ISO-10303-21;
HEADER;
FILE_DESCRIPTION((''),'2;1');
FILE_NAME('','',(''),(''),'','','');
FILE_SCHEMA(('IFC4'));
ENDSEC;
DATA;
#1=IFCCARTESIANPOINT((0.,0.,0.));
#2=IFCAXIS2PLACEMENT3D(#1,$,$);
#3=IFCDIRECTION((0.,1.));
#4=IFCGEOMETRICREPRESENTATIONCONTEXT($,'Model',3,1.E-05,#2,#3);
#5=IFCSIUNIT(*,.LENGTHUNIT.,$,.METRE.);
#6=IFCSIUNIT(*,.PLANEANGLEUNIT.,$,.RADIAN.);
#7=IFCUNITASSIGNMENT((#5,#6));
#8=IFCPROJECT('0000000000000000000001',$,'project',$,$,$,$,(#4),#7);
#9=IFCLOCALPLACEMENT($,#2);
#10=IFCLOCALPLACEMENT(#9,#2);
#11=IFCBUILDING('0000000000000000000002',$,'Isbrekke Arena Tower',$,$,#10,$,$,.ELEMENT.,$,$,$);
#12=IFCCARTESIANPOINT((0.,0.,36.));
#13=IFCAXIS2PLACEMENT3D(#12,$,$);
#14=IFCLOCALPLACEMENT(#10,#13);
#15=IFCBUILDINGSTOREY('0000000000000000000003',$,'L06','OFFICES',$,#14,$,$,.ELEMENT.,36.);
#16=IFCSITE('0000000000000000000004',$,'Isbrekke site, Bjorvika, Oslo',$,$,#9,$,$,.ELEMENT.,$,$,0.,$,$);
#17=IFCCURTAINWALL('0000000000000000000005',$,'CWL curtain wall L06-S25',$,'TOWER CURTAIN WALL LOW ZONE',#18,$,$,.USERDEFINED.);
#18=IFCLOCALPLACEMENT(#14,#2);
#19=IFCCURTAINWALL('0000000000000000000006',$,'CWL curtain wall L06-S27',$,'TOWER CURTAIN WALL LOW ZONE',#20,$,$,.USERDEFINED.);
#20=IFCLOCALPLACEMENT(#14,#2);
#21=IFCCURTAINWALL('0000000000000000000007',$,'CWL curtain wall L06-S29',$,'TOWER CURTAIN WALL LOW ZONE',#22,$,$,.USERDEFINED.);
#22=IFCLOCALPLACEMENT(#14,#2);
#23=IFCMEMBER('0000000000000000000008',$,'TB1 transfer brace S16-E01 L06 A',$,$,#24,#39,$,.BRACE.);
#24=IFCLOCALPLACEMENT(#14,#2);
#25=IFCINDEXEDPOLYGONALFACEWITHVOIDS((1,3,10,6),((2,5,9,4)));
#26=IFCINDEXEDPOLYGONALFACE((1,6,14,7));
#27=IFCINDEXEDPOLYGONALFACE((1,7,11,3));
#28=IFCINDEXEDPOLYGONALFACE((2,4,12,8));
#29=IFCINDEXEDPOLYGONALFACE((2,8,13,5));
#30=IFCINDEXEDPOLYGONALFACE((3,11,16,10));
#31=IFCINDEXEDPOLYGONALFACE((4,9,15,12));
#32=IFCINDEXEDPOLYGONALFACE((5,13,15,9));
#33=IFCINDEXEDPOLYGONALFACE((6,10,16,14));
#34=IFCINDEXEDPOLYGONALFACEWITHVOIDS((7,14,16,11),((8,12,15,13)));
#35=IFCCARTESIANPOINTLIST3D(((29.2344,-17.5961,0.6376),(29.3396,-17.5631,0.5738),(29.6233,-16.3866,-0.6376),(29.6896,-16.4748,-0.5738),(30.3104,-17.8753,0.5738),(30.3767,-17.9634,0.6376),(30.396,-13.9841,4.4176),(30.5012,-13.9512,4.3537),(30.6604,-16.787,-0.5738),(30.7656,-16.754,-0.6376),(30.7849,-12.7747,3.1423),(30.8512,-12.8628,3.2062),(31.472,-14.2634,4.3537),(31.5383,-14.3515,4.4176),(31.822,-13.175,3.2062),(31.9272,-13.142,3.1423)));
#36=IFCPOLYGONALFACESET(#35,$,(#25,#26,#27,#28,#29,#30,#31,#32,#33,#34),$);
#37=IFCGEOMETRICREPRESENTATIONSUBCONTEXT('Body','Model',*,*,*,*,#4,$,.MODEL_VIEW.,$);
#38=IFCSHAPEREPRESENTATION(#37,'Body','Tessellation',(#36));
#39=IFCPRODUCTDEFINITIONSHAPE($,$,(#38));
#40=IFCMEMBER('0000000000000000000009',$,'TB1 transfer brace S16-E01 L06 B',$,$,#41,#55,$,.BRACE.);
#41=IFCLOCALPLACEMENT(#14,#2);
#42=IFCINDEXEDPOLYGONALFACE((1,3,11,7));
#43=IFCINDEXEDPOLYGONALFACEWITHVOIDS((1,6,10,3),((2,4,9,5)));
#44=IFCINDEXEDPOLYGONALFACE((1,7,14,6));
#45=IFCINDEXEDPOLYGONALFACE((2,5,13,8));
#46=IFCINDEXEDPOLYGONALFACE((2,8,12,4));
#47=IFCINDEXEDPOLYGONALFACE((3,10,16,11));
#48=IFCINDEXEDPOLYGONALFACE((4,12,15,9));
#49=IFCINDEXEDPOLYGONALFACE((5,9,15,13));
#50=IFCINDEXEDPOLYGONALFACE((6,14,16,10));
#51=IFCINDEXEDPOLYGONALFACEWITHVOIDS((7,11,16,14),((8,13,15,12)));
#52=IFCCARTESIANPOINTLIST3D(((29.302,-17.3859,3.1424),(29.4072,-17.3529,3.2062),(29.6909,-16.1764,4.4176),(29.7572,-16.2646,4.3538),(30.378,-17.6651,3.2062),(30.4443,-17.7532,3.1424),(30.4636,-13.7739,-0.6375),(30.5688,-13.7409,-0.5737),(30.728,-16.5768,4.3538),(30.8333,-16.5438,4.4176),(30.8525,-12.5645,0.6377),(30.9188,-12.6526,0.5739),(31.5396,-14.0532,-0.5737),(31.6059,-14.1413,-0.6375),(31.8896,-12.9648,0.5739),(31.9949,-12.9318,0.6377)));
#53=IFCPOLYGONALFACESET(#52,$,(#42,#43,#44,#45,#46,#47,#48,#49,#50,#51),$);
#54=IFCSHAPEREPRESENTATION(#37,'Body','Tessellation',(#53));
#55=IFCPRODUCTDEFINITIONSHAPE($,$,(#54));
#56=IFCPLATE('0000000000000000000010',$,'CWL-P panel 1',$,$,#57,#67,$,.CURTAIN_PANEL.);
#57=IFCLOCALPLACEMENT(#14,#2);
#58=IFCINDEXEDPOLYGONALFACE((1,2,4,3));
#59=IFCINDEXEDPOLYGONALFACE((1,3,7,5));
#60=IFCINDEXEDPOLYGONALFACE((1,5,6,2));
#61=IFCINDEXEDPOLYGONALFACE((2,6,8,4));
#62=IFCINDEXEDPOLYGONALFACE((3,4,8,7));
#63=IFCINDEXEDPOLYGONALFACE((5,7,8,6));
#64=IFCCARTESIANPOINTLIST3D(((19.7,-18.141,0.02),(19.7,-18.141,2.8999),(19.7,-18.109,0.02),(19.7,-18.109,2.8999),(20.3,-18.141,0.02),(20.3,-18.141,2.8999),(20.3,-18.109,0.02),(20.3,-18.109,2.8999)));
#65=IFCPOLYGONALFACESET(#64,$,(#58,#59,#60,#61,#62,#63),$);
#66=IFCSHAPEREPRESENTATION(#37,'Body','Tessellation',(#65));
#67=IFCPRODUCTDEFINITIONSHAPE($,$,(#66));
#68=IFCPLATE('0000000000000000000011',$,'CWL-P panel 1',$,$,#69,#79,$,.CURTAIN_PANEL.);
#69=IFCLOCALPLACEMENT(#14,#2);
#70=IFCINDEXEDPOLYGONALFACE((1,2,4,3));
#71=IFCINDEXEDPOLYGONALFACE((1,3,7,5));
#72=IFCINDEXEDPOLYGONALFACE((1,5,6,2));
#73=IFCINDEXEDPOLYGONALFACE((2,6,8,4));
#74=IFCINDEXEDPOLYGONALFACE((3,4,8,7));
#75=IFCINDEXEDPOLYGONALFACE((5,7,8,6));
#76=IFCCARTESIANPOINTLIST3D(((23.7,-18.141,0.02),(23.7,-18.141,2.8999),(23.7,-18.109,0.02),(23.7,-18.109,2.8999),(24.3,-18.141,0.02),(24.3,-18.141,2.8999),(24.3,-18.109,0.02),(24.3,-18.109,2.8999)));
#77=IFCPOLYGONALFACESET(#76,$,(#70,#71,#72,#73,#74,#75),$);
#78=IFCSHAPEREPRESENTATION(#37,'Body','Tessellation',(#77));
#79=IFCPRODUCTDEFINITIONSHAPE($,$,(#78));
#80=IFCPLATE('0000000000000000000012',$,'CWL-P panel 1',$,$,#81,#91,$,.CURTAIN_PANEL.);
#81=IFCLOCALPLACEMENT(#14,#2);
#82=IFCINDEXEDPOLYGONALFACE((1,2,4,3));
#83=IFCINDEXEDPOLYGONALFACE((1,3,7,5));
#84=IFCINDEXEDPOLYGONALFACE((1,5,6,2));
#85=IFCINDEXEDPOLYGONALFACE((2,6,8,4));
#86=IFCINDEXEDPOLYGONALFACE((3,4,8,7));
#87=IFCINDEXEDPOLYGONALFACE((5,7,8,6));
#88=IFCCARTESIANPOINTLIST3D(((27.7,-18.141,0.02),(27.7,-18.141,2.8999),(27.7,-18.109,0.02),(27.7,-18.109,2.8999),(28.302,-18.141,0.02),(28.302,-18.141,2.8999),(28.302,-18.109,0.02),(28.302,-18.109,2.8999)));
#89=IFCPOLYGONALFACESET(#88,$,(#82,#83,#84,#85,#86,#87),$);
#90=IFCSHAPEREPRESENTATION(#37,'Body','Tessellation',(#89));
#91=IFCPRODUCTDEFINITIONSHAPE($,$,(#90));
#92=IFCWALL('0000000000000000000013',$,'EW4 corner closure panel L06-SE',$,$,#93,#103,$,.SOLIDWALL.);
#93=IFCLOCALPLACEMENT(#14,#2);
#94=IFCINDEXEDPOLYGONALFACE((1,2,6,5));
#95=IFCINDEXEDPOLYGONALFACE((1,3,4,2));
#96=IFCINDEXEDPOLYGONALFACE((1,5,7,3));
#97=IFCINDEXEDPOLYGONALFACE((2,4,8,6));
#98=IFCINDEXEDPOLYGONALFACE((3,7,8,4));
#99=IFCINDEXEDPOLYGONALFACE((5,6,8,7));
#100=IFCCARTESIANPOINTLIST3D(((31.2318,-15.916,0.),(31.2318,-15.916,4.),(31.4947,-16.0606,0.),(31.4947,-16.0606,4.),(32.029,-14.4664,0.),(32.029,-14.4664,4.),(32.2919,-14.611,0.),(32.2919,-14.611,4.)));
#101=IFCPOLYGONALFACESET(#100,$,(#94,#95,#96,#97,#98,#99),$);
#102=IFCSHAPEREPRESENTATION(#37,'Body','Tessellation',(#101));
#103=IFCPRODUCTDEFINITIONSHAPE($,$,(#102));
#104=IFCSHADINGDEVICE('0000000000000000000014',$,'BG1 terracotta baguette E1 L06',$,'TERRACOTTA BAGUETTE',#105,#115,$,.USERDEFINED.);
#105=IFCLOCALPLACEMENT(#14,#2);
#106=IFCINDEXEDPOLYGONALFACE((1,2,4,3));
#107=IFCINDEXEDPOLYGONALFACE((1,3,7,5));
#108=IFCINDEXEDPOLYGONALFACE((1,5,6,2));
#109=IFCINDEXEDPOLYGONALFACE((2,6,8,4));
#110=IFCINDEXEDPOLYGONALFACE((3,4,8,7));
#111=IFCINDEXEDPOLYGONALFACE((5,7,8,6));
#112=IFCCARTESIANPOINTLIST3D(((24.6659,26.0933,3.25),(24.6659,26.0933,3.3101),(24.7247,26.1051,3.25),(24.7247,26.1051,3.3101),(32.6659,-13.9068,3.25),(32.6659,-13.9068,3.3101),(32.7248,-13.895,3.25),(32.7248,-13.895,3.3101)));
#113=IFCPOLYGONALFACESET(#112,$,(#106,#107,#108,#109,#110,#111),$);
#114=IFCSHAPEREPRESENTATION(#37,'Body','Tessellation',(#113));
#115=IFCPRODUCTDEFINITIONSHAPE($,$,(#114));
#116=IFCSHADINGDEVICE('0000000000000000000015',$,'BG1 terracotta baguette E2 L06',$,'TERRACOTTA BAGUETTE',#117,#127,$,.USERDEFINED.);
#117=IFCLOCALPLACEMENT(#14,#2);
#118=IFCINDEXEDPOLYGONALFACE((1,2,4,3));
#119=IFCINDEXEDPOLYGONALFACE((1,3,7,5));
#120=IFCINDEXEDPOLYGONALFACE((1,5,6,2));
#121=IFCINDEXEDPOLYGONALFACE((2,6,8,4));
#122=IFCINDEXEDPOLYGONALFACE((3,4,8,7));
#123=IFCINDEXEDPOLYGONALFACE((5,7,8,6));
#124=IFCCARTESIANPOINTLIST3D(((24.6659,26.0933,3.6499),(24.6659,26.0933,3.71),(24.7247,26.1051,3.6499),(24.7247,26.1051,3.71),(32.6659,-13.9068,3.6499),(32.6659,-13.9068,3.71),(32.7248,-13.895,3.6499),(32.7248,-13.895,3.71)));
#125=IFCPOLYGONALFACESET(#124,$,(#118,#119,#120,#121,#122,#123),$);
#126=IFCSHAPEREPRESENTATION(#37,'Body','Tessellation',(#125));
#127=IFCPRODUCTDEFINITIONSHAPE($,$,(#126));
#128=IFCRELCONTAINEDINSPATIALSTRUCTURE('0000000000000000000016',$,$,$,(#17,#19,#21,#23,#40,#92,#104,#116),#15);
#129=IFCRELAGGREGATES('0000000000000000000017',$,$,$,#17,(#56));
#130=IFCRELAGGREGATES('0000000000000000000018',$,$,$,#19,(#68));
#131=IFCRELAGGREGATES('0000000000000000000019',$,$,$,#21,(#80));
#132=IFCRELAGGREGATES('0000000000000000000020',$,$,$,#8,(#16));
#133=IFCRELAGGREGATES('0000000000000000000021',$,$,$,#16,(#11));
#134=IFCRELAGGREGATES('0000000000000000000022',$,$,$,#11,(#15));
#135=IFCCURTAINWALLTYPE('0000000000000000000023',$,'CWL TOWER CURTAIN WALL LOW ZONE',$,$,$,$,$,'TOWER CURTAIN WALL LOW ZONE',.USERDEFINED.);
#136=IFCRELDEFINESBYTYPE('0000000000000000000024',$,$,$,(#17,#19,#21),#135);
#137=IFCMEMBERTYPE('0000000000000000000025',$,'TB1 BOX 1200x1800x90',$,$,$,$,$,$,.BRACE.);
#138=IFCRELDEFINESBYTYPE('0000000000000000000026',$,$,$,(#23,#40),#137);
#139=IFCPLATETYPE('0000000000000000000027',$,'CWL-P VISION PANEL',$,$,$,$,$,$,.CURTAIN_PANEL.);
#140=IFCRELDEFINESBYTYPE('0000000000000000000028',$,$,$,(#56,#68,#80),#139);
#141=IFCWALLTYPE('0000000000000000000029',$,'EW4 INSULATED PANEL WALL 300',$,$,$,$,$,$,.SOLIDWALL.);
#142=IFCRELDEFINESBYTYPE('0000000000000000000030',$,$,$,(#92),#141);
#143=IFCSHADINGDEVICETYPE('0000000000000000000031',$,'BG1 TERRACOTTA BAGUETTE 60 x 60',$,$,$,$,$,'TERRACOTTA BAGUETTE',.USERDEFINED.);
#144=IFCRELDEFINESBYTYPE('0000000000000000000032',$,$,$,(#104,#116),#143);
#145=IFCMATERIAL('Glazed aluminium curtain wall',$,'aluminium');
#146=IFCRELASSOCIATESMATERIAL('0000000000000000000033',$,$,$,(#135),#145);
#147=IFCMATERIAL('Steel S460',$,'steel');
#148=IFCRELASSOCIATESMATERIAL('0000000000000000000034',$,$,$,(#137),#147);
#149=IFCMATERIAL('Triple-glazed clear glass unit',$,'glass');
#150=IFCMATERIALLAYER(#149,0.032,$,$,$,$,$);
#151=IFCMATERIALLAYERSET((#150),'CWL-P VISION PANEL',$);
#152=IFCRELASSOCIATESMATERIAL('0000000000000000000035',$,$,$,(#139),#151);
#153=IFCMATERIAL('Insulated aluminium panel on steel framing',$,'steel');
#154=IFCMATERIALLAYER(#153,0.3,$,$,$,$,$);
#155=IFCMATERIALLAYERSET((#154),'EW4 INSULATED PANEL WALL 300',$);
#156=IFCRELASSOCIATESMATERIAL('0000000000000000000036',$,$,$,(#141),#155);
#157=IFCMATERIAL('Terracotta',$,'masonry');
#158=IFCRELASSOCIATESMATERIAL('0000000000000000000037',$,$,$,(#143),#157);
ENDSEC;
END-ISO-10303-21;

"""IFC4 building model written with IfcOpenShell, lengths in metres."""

from ifc_helpers import new_model, si_unit, direction, frame, frame_2d, origin, origin_2d, place, context, subcontext, project, spatial, rectangle, hollow_rectangle, extrude, material, layer, layer_set, material_profile, profile_set, type_object, element, aggregate, save


model = new_model("IFC4")

# Units and contexts
model_context = context("Model", 3, precision=1e-05, world=origin(), true_north=direction((0.0, 1.0)))
body_context = subcontext(model_context, "Body", "Model", "MODEL_VIEW")
ifc_project = project(units=[si_unit("LENGTHUNIT", "METRE"), si_unit("PLANEANGLEUNIT", "RADIAN")], contexts=[model_context])

# Site, building, storey
site_placement = place(None, origin())
site = spatial("IfcSite", under=ifc_project, at=site_placement, Name="Isbrekke site, Bjorvika, Oslo", CompositionType="ELEMENT", RefElevation=0.0)
building_placement = place(site_placement, origin())
building = spatial("IfcBuilding", under=site, at=building_placement, Name="Isbrekke Arena Tower", CompositionType="ELEMENT")
storey_placement = place(building_placement, frame((0.0, 0.0, 36.0)))
storey = spatial("IfcBuildingStorey", under=building, at=storey_placement, Name="L06", Description="OFFICES", CompositionType="ELEMENT", Elevation=36.0)

# Curtain walls
ifc_material_1 = material(Name="Glazed aluminium curtain wall", Category="aluminium")
curtain_wall_type = type_object("IfcCurtainWallType", Name="CWL TOWER CURTAIN WALL LOW ZONE", ElementType="TOWER CURTAIN WALL LOW ZONE", PredefinedType="USERDEFINED", material=ifc_material_1)
curtain_wall_1_placement = place(storey_placement, origin())
curtain_wall_1 = element("IfcCurtainWall", 1, at=curtain_wall_1_placement, inside=storey, type_object=curtain_wall_type, Name="CWL curtain wall L06-S25", ObjectType="TOWER CURTAIN WALL LOW ZONE", PredefinedType="USERDEFINED")
curtain_wall_2_placement = place(storey_placement, origin())
curtain_wall_2 = element("IfcCurtainWall", 2, at=curtain_wall_2_placement, inside=storey, type_object=curtain_wall_type, Name="CWL curtain wall L06-S27", ObjectType="TOWER CURTAIN WALL LOW ZONE", PredefinedType="USERDEFINED")
curtain_wall_3_placement = place(storey_placement, origin())
curtain_wall_3 = element("IfcCurtainWall", 3, at=curtain_wall_3_placement, inside=storey, type_object=curtain_wall_type, Name="CWL curtain wall L06-S29", ObjectType="TOWER CURTAIN WALL LOW ZONE", PredefinedType="USERDEFINED")

# Members
ifc_material_2 = material(Name="Steel S460", Category="steel")
ifc_material_profile_1 = material_profile(ifc_material_2, hollow_rectangle(XDim=1.2, YDim=1.8, WallThickness=0.0901, at=origin_2d()), Name="BOX 1200x1800x90")
ifc_profile_set_1 = profile_set([ifc_material_profile_1], Name="Steel S460")
member_type_1 = type_object("IfcMemberType", Name="TB1 BOX 1200x1800x90", PredefinedType="BRACE", material=ifc_profile_set_1)
for number, where, z_axis, x_axis, name in (
    (4, (30.0, -17.175, 0.0), (0.216889, 0.674416, 0.705778), (-0.951982, 0.306153, 0.0), "TB1 transfer brace S16-E01 L06 A"),
    (5, (30.0676, -16.9648, 3.78), (0.216889, 0.674416, -0.705778), (-0.951982, 0.306153, 0.0), "TB1 transfer brace S16-E01 L06 B"),
):
    element("IfcMember", number, at=place(storey_placement, frame(where, z_axis=z_axis, x_axis=x_axis)), inside=storey, type_object=member_type_1, Name=name, PredefinedType="BRACE", context=body_context, shape_type="SweptSolid", body=[
        extrude(hollow_rectangle(XDim=1.2, YDim=1.8, WallThickness=0.0901, at=origin_2d()), origin(), (0.0, 0.0, 1.0), 5.3557),
    ])

# Plates
ifc_material_3 = material(Name="Triple-glazed clear glass unit", Category="glass")
ifc_layer_1 = layer(ifc_material_3, 0.032)
ifc_layer_set_1 = layer_set([ifc_layer_1], Name="CWL-P VISION PANEL")
plate_type = type_object("IfcPlateType", Name="CWL-P VISION PANEL", PredefinedType="CURTAIN_PANEL", material=ifc_layer_set_1)
plate_1_placement = place(storey_placement, frame((20.0, -18.125, 0.02), z_axis=(0.0, 0.0, 1.0), x_axis=(1.0, 0.0, 0.0)))
plate_1 = element("IfcPlate", 6, at=plate_1_placement, type_object=plate_type, Name="CWL-P panel 1", PredefinedType="CURTAIN_PANEL", context=body_context, shape_type="SweptSolid", body=[
    extrude(rectangle(XDim=0.6001, YDim=0.032, at=origin_2d()), origin(), (0.0, 0.0, 1.0), 2.8799),
])
aggregate(curtain_wall_1, [plate_1])
plate_2_placement = place(storey_placement, frame((24.0, -18.125, 0.02), z_axis=(0.0, 0.0, 1.0), x_axis=(1.0, 0.0, 0.0)))
plate_2 = element("IfcPlate", 7, at=plate_2_placement, type_object=plate_type, Name="CWL-P panel 1", PredefinedType="CURTAIN_PANEL", context=body_context, shape_type="SweptSolid", body=[
    extrude(rectangle(XDim=0.6001, YDim=0.032, at=origin_2d()), origin(), (0.0, 0.0, 1.0), 2.8799),
])
aggregate(curtain_wall_2, [plate_2])
plate_3_placement = place(storey_placement, frame((28.001, -18.125, 0.02), z_axis=(0.0, 0.0, 1.0), x_axis=(1.0, 0.0, 0.0)))
plate_3 = element("IfcPlate", 8, at=plate_3_placement, type_object=plate_type, Name="CWL-P panel 1", PredefinedType="CURTAIN_PANEL", context=body_context, shape_type="SweptSolid", body=[
    extrude(rectangle(XDim=0.6021, YDim=0.032, at=origin_2d()), origin(), (0.0, 0.0, 1.0), 2.8799),
])
aggregate(curtain_wall_3, [plate_3])

# Wall
ifc_material_4 = material(Name="Insulated aluminium panel on steel framing", Category="steel")
ifc_layer_2 = layer(ifc_material_4, 0.3)
ifc_layer_set_2 = layer_set([ifc_layer_2], Name="EW4 INSULATED PANEL WALL 300")
wall_type = type_object("IfcWallType", Name="EW4 INSULATED PANEL WALL 300", PredefinedType="SOLIDWALL", material=ifc_layer_set_2)
wall_placement = place(storey_placement, frame((31.3633, -15.9883, 0.0), z_axis=(0.0, 0.0, 1.0), x_axis=(0.481879, 0.876238, 0.0)))
element("IfcWall", 9, at=wall_placement, inside=storey, type_object=wall_type, Name="EW4 corner closure panel L06-SE", PredefinedType="SOLIDWALL", context=body_context, shape_type="SweptSolid", body=[
    extrude(rectangle(XDim=1.6543, YDim=0.3, at=frame_2d((0.8271, 0.0))), origin(), (0.0, 0.0, 1.0), 4.0),
])

# Shading devices
ifc_material_5 = material(Name="Terracotta", Category="masonry")
ifc_material_profile_2 = material_profile(ifc_material_5, rectangle(XDim=0.0601, YDim=0.0601, at=origin_2d()), Name="BAGUETTE 60X60")
ifc_profile_set_2 = profile_set([ifc_material_profile_2], Name="Terracotta")
shading_device_type = type_object("IfcShadingDeviceType", Name="BG1 TERRACOTTA BAGUETTE 60 x 60", ElementType="TERRACOTTA BAGUETTE", PredefinedType="USERDEFINED", material=ifc_profile_set_2)
for number, where, z_axis, x_axis, name in (
    (10, (32.6953, -13.9009, 3.28), (-0.196116, 0.980581, 0.0), (-0.980581, -0.196116, 0.0), "BG1 terracotta baguette E1 L06"),
    (11, (32.6953, -13.9009, 3.6799), (-0.196116, 0.980581, 0.0), (-0.980581, -0.196116, 0.0), "BG1 terracotta baguette E2 L06"),
):
    element("IfcShadingDevice", number, at=place(storey_placement, frame(where, z_axis=z_axis, x_axis=x_axis)), inside=storey, type_object=shading_device_type, Name=name, ObjectType="TERRACOTTA BAGUETTE", PredefinedType="USERDEFINED", context=body_context, shape_type="SweptSolid", body=[
        extrude(rectangle(XDim=0.0601, YDim=0.0601, at=origin_2d()), origin(), (0.0, 0.0, 1.0), 40.7922),
    ])

save(model, "model.ifc")
